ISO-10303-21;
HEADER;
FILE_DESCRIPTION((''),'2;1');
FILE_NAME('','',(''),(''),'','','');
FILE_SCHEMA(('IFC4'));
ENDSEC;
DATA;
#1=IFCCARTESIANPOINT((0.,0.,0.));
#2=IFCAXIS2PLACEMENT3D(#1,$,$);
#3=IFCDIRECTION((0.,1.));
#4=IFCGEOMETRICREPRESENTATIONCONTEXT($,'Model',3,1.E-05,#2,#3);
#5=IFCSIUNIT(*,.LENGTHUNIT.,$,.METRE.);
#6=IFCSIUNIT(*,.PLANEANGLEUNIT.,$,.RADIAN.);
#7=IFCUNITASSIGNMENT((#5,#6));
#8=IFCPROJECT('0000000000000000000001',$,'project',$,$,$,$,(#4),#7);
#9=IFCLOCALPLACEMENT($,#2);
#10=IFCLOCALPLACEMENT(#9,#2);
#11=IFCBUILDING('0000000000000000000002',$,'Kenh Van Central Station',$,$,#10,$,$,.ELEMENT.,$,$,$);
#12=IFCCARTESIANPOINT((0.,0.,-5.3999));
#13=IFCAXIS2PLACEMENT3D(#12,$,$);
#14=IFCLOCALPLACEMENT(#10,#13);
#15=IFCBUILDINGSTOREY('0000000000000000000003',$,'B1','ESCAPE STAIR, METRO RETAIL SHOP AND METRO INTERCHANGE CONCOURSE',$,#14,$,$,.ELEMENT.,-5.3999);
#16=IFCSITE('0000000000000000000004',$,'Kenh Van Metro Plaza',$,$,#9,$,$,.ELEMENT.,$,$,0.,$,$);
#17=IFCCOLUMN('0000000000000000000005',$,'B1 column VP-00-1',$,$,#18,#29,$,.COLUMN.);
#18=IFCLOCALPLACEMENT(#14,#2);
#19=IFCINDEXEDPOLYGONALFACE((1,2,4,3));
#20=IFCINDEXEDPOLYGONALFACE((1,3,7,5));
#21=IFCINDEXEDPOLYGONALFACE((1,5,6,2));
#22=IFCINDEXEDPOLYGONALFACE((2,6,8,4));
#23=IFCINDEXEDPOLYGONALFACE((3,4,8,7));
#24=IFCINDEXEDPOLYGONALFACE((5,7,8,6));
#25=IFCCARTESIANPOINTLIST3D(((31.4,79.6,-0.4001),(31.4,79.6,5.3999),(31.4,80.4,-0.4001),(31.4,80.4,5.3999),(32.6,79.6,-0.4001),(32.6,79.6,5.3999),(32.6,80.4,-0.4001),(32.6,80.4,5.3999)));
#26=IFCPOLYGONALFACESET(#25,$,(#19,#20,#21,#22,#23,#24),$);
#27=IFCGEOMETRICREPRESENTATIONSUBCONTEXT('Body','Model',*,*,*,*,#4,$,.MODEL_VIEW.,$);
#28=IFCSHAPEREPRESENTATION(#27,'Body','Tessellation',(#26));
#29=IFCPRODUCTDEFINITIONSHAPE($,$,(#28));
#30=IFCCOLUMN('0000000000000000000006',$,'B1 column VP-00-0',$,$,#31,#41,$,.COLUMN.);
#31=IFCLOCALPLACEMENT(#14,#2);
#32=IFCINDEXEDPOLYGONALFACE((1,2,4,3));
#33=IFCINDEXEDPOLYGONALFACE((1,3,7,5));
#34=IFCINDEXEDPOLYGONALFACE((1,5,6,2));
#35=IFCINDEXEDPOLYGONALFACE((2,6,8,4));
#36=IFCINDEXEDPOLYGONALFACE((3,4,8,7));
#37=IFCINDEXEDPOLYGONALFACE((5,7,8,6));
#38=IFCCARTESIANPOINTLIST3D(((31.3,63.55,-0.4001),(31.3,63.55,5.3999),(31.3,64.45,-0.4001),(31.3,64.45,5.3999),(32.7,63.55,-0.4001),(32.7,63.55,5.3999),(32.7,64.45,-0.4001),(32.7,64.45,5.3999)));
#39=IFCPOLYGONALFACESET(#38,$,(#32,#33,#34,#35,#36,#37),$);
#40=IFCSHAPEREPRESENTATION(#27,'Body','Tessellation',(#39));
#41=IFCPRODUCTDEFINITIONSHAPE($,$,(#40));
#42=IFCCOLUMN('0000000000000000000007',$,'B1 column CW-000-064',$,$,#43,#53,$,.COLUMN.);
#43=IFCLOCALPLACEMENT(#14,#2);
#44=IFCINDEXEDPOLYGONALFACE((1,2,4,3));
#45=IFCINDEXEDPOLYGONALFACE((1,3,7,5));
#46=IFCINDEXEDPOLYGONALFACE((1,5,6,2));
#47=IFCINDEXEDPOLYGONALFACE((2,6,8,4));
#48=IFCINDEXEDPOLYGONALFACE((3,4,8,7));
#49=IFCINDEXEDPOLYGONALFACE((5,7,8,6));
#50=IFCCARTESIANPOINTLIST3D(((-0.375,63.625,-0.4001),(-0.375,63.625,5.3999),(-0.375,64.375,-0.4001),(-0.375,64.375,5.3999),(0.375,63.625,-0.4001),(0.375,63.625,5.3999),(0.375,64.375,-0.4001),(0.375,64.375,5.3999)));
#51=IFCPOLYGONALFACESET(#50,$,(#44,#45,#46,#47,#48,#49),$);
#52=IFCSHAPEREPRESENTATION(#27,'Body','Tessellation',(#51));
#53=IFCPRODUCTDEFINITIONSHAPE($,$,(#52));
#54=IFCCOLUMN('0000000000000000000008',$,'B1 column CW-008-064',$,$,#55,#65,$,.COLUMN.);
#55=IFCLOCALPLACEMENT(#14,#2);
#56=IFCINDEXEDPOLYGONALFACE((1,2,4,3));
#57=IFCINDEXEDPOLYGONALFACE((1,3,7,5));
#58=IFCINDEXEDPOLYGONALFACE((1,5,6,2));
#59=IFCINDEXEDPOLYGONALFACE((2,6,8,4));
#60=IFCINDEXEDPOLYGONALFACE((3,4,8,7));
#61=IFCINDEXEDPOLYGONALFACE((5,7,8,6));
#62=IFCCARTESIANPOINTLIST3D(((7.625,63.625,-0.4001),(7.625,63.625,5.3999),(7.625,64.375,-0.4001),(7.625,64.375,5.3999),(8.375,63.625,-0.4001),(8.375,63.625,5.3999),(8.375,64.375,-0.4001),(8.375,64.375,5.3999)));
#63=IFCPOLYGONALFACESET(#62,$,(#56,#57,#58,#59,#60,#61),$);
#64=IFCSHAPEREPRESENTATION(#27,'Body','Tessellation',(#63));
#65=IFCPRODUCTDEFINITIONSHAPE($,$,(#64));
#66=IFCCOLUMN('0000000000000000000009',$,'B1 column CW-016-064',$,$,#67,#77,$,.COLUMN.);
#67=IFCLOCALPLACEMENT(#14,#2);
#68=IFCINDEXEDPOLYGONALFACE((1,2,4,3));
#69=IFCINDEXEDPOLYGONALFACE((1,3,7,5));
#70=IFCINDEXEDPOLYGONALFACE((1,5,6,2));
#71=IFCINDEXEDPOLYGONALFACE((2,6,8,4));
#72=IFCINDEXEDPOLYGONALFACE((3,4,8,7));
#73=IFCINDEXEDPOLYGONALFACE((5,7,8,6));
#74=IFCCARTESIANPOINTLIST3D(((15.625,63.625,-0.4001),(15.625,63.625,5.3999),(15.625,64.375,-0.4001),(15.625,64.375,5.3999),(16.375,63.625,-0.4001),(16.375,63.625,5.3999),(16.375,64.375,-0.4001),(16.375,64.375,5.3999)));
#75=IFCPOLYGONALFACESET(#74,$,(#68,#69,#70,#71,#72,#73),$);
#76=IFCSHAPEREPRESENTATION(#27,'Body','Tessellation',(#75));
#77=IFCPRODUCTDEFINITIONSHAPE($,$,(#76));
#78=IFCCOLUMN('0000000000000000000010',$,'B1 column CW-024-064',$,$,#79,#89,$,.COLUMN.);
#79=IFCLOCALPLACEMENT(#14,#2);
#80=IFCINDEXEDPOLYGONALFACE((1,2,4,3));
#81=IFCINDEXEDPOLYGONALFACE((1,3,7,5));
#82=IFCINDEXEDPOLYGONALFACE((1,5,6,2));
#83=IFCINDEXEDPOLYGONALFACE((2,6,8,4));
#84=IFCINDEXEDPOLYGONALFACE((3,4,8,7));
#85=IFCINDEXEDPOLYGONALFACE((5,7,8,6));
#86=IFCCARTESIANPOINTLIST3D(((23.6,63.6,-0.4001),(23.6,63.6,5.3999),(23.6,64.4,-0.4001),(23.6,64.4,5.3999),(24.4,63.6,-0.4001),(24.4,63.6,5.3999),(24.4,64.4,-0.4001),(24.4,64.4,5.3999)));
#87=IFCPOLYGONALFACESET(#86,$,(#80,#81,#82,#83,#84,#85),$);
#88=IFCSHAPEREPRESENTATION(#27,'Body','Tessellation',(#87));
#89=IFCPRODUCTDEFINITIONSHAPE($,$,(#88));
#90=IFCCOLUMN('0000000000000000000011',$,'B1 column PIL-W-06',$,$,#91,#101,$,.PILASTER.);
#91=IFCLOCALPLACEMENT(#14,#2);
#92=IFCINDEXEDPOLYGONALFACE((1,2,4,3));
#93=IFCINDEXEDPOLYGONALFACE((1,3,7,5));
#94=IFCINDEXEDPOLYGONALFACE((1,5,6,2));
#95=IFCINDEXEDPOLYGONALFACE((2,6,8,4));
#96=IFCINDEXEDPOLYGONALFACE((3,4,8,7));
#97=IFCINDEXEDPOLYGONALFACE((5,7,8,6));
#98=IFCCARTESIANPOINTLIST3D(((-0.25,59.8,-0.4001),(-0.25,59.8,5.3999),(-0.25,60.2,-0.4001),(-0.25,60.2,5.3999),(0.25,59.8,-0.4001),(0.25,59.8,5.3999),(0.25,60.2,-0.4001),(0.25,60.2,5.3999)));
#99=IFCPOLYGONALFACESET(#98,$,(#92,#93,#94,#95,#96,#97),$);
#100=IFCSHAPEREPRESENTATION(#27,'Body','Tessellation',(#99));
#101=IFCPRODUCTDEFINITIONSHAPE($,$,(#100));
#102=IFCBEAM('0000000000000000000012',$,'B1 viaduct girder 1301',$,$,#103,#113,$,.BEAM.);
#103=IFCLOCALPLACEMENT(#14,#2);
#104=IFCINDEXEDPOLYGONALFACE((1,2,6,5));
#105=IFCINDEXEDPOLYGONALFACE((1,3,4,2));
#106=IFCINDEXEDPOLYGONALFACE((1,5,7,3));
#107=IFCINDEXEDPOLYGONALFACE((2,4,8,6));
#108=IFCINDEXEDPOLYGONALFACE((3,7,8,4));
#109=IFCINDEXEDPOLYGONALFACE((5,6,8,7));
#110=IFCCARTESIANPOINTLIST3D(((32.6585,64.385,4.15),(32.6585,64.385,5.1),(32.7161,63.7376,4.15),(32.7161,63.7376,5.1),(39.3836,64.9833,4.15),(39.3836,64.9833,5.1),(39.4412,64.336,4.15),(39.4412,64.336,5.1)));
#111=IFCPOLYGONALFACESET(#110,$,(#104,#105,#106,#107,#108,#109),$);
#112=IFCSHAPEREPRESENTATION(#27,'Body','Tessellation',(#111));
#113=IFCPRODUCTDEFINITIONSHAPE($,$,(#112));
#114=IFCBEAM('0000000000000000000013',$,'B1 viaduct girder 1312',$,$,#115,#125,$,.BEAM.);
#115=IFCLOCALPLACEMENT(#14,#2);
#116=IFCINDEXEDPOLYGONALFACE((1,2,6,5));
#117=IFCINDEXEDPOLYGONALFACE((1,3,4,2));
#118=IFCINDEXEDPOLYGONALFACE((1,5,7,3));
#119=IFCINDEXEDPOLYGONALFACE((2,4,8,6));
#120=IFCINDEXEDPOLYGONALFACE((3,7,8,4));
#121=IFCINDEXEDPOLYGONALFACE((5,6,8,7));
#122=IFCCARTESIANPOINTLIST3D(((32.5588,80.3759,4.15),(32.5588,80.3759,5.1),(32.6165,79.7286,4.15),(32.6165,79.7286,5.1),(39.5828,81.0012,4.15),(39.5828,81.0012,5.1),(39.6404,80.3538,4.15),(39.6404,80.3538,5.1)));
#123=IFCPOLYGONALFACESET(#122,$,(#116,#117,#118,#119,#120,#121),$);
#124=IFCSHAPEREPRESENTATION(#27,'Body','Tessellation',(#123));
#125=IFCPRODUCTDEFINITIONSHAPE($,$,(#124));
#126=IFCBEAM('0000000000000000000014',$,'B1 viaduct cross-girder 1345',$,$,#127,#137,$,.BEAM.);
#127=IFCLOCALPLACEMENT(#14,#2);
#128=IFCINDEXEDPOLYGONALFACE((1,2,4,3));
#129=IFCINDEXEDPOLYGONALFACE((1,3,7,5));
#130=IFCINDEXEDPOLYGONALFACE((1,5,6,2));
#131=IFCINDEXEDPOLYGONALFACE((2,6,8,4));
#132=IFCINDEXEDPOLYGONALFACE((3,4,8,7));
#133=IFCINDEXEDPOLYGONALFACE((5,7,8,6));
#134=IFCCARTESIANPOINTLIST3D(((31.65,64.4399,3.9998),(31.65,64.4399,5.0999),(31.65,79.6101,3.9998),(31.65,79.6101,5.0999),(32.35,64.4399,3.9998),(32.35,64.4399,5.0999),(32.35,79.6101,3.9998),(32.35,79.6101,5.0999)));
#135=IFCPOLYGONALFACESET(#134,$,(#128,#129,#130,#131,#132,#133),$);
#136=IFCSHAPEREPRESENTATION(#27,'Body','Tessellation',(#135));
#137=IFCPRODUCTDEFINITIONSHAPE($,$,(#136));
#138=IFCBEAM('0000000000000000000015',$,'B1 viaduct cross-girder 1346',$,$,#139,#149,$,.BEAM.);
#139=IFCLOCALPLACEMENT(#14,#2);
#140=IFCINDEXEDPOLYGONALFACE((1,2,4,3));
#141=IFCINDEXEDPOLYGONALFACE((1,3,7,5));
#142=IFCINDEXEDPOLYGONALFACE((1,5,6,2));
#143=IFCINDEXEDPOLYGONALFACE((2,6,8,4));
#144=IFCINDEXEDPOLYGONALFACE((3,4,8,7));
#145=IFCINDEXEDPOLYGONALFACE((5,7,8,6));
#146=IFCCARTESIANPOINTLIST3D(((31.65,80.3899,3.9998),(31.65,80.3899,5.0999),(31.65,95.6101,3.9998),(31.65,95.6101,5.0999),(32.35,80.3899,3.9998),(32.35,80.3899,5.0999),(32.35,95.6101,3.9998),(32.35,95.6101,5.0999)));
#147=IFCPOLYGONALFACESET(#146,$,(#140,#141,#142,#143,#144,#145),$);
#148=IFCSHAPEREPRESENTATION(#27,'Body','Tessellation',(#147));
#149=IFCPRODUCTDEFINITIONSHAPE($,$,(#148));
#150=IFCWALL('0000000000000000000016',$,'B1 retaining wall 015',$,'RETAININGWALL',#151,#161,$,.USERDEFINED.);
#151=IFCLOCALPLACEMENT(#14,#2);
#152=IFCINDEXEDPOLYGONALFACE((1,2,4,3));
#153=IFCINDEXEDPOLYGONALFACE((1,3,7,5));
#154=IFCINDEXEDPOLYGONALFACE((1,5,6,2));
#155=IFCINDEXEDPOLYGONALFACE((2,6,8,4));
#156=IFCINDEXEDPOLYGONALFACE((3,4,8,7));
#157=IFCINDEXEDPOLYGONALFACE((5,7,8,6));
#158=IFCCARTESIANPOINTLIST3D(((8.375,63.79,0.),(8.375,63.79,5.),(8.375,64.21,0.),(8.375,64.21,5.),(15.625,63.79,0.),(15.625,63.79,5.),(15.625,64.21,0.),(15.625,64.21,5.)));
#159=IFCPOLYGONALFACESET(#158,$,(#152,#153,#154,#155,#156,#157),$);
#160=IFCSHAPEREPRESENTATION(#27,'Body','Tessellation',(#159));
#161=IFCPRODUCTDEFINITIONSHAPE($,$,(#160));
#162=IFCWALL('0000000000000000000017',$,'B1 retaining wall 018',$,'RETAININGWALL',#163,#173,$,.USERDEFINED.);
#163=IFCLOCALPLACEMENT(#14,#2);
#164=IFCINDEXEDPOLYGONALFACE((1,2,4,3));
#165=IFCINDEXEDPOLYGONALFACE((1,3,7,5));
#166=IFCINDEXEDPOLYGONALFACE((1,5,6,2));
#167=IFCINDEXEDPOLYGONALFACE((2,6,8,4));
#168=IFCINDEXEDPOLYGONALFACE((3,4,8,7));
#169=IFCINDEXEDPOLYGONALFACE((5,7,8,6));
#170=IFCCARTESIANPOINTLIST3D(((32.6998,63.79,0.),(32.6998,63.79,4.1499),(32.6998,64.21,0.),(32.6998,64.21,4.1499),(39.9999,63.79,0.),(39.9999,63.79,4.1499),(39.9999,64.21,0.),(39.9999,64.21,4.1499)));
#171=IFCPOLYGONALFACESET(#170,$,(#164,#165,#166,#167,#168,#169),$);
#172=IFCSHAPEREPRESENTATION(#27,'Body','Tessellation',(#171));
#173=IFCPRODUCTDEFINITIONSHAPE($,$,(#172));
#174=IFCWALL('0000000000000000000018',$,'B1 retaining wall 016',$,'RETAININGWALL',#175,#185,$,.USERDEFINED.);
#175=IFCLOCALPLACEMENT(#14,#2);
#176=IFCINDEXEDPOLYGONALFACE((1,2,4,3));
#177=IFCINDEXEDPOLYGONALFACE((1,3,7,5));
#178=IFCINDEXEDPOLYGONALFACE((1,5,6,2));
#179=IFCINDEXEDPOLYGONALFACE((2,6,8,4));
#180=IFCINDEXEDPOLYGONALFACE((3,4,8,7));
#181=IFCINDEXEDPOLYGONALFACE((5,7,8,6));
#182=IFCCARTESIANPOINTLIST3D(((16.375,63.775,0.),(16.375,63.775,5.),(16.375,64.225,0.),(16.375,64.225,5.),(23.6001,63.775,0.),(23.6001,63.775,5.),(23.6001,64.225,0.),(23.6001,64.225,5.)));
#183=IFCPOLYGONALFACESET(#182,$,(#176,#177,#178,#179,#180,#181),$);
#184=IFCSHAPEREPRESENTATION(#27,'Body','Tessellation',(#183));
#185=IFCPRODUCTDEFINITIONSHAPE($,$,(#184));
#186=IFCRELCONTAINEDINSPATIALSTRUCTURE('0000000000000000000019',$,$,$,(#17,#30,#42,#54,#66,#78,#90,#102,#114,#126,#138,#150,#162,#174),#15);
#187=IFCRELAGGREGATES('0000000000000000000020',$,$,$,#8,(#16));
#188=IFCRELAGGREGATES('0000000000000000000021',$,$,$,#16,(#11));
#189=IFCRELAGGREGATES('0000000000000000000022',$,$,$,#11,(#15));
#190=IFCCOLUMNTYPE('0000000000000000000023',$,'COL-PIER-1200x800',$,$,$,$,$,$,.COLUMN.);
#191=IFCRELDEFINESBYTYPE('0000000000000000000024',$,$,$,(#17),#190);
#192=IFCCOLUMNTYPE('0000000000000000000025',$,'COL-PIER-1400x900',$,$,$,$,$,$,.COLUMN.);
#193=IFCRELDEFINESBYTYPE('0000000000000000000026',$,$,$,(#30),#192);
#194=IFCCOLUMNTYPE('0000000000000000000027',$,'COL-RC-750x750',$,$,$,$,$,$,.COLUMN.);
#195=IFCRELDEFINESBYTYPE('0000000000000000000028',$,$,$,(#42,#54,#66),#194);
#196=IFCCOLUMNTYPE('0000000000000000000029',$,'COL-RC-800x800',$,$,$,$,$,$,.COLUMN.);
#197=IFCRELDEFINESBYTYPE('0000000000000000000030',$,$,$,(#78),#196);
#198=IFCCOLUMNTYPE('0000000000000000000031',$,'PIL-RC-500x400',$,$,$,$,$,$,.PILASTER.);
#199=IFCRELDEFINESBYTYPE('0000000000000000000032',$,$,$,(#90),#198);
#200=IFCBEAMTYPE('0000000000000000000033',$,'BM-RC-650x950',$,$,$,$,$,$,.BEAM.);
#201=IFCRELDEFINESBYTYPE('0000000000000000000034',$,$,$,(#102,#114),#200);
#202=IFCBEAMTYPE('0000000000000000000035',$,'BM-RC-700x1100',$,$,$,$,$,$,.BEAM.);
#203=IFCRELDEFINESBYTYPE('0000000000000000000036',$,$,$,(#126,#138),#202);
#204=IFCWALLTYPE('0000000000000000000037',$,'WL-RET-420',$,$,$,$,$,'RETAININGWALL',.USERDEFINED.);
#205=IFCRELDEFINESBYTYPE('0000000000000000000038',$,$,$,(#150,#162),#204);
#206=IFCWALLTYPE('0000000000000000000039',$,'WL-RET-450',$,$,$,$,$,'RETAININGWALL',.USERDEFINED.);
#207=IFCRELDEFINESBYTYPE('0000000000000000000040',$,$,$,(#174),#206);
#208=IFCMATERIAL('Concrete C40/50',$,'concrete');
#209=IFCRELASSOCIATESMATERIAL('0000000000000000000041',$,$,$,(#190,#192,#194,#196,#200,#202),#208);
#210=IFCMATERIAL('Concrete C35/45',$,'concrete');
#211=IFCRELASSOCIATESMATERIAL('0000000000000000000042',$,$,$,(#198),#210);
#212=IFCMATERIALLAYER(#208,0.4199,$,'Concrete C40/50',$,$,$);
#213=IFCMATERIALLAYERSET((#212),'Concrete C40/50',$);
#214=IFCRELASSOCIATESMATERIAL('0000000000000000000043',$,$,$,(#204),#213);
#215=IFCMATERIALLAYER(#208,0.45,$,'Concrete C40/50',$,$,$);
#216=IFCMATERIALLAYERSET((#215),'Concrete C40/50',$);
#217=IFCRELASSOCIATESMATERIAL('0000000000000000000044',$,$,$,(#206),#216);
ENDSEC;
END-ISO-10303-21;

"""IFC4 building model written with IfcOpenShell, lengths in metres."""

from ifc_helpers import new_model, si_unit, direction, frame, frame_2d, origin, origin_2d, place, context, subcontext, project, spatial, rectangle, extrude, material, layer, layer_set, material_profile, profile_set, type_object, element, save


model = new_model("IFC4")

# Units and contexts
model_context = context("Model", 3, precision=1e-05, world=origin(), true_north=direction((0.0, 1.0)))
body_context = subcontext(model_context, "Body", "Model", "MODEL_VIEW")
ifc_project = project(units=[si_unit("LENGTHUNIT", "METRE"), si_unit("PLANEANGLEUNIT", "RADIAN")], contexts=[model_context])

# Site, building, storey
site_placement = place(None, origin())
site = spatial("IfcSite", under=ifc_project, at=site_placement, Name="Kenh Van Metro Plaza", CompositionType="ELEMENT", RefElevation=0.0)
building_placement = place(site_placement, origin())
building = spatial("IfcBuilding", under=site, at=building_placement, Name="Kenh Van Central Station", CompositionType="ELEMENT")
storey_placement = place(building_placement, frame((0.0, 0.0, -5.3999)))
storey = spatial("IfcBuildingStorey", under=building, at=storey_placement, Name="B1", Description="ESCAPE STAIR, METRO RETAIL SHOP AND METRO INTERCHANGE CONCOURSE", CompositionType="ELEMENT", Elevation=-5.3999)

# Shared definitions
ifc_material_1 = material(Name="Concrete C40/50", Category="concrete")

# Columns
ifc_material_profile_1 = material_profile(ifc_material_1, rectangle(XDim=1.2, YDim=0.8, at=origin_2d()), Name="RC 1200x800")
ifc_profile_set_1 = profile_set([ifc_material_profile_1], Name="Concrete C40/50")
column_type_1 = type_object("IfcColumnType", Name="COL-PIER-1200x800", PredefinedType="COLUMN", material=ifc_profile_set_1)
column_1_placement = place(storey_placement, frame((32.0, 80.0, -0.4001), z_axis=(0.0, 0.0, 1.0), x_axis=(1.0, 0.0, 0.0)))
element("IfcColumn", 1, at=column_1_placement, inside=storey, type_object=column_type_1, Name="B1 column VP-00-1", PredefinedType="COLUMN", context=body_context, shape_type="SweptSolid", body=[
    extrude(rectangle(XDim=1.2, YDim=0.8, at=origin_2d()), origin(), (0.0, 0.0, 1.0), 5.8),
])
ifc_material_profile_2 = material_profile(ifc_material_1, rectangle(XDim=1.3999, YDim=0.8999, at=origin_2d()), Name="RC 1400x900")
ifc_profile_set_2 = profile_set([ifc_material_profile_2], Name="Concrete C40/50")
column_type_2 = type_object("IfcColumnType", Name="COL-PIER-1400x900", PredefinedType="COLUMN", material=ifc_profile_set_2)
column_2_placement = place(storey_placement, frame((32.0, 64.0, -0.4001), z_axis=(0.0, 0.0, 1.0), x_axis=(1.0, 0.0, 0.0)))
element("IfcColumn", 2, at=column_2_placement, inside=storey, type_object=column_type_2, Name="B1 column VP-00-0", PredefinedType="COLUMN", context=body_context, shape_type="SweptSolid", body=[
    extrude(rectangle(XDim=1.3999, YDim=0.8999, at=origin_2d()), origin(), (0.0, 0.0, 1.0), 5.8),
])
ifc_material_profile_3 = material_profile(ifc_material_1, rectangle(XDim=0.75, YDim=0.75, at=origin_2d()), Name="RC 750x750")
ifc_profile_set_3 = profile_set([ifc_material_profile_3], Name="Concrete C40/50")
column_type_3 = type_object("IfcColumnType", Name="COL-RC-750x750", PredefinedType="COLUMN", material=ifc_profile_set_3)
for number, where, z_axis, x_axis, name in (
    (3, (0.0, 64.0, -0.4001), (0.0, 0.0, 1.0), (1.0, 0.0, 0.0), "B1 column CW-000-064"),
    (4, (8.0, 64.0, -0.4001), (0.0, 0.0, 1.0), (1.0, 0.0, 0.0), "B1 column CW-008-064"),
    (5, (16.0, 64.0, -0.4001), (0.0, 0.0, 1.0), (1.0, 0.0, 0.0), "B1 column CW-016-064"),
):
    element("IfcColumn", number, at=place(storey_placement, frame(where, z_axis=z_axis, x_axis=x_axis)), inside=storey, type_object=column_type_3, Name=name, PredefinedType="COLUMN", context=body_context, shape_type="SweptSolid", body=[
        extrude(rectangle(XDim=0.75, YDim=0.75, at=origin_2d()), origin(), (0.0, 0.0, 1.0), 5.8),
    ])
ifc_material_profile_4 = material_profile(ifc_material_1, rectangle(XDim=0.8, YDim=0.8, at=origin_2d()), Name="RC 800x800")
ifc_profile_set_4 = profile_set([ifc_material_profile_4], Name="Concrete C40/50")
column_type_4 = type_object("IfcColumnType", Name="COL-RC-800x800", PredefinedType="COLUMN", material=ifc_profile_set_4)
column_3_placement = place(storey_placement, frame((24.0, 64.0, -0.4001), z_axis=(0.0, 0.0, 1.0), x_axis=(1.0, 0.0, 0.0)))
element("IfcColumn", 6, at=column_3_placement, inside=storey, type_object=column_type_4, Name="B1 column CW-024-064", PredefinedType="COLUMN", context=body_context, shape_type="SweptSolid", body=[
    extrude(rectangle(XDim=0.8, YDim=0.8, at=origin_2d()), origin(), (0.0, 0.0, 1.0), 5.8),
])
ifc_material_2 = material(Name="Concrete C35/45", Category="concrete")
ifc_material_profile_5 = material_profile(ifc_material_2, rectangle(XDim=0.5, YDim=0.3999, at=origin_2d()), Name="RC 500x400")
ifc_profile_set_5 = profile_set([ifc_material_profile_5], Name="Concrete C35/45")
column_type_5 = type_object("IfcColumnType", Name="PIL-RC-500x400", PredefinedType="PILASTER", material=ifc_profile_set_5)
column_4_placement = place(storey_placement, frame((0.0, 60.0, -0.4001), z_axis=(0.0, 0.0, 1.0), x_axis=(1.0, 0.0, 0.0)))
element("IfcColumn", 7, at=column_4_placement, inside=storey, type_object=column_type_5, Name="B1 column PIL-W-06", PredefinedType="PILASTER", context=body_context, shape_type="SweptSolid", body=[
    extrude(rectangle(XDim=0.5, YDim=0.3999, at=origin_2d()), origin(), (0.0, 0.0, 1.0), 5.8),
])

# Beams
ifc_material_profile_6 = material_profile(ifc_material_1, rectangle(XDim=0.6499, YDim=0.95, at=origin_2d()), Name="RC 650x950")
ifc_profile_set_6 = profile_set([ifc_material_profile_6], Name="Concrete C40/50")
beam_type_1 = type_object("IfcBeamType", Name="BM-RC-650x950", PredefinedType="BEAM", material=ifc_profile_set_6)
beam_1_placement = place(storey_placement, frame((32.6873, 64.0613, 4.625), z_axis=(0.996065, 0.088628, 0.0), x_axis=(-0.088628, 0.996065, 0.0)))
element("IfcBeam", 8, at=beam_1_placement, inside=storey, type_object=beam_type_1, Name="B1 viaduct girder 1301", PredefinedType="BEAM", context=body_context, shape_type="SweptSolid", body=[
    extrude(rectangle(XDim=0.6499, YDim=0.95, at=origin_2d()), origin(), (0.0, 0.0, 1.0), 6.7517),
])
beam_2_placement = place(storey_placement, frame((32.5876, 80.0522, 4.625), z_axis=(0.996061, 0.088666, 0.0), x_axis=(-0.088666, 0.996061, 0.0)))
element("IfcBeam", 9, at=beam_2_placement, inside=storey, type_object=beam_type_1, Name="B1 viaduct girder 1312", PredefinedType="BEAM", context=body_context, shape_type="SweptSolid", body=[
    extrude(rectangle(XDim=0.6499, YDim=0.95, at=origin_2d()), origin(), (0.0, 0.0, 1.0), 7.0518),
])
ifc_material_profile_7 = material_profile(ifc_material_1, rectangle(XDim=0.7, YDim=1.1001, at=origin_2d()), Name="RC 700x1100")
ifc_profile_set_7 = profile_set([ifc_material_profile_7], Name="Concrete C40/50")
beam_type_2 = type_object("IfcBeamType", Name="BM-RC-700x1100", PredefinedType="BEAM", material=ifc_profile_set_7)
beam_3_placement = place(storey_placement, frame((32.0, 64.4399, 4.5498), z_axis=(0.0, 1.0, 0.0), x_axis=(-1.0, 0.0, 0.0)))
element("IfcBeam", 10, at=beam_3_placement, inside=storey, type_object=beam_type_2, Name="B1 viaduct cross-girder 1345", PredefinedType="BEAM", context=body_context, shape_type="SweptSolid", body=[
    extrude(rectangle(XDim=0.7, YDim=1.1001, at=origin_2d()), origin(), (0.0, 0.0, 1.0), 15.1702),
])
beam_4_placement = place(storey_placement, frame((32.0, 80.3899, 4.5498), z_axis=(0.0, 1.0, 0.0), x_axis=(-1.0, 0.0, 0.0)))
element("IfcBeam", 11, at=beam_4_placement, inside=storey, type_object=beam_type_2, Name="B1 viaduct cross-girder 1346", PredefinedType="BEAM", context=body_context, shape_type="SweptSolid", body=[
    extrude(rectangle(XDim=0.7, YDim=1.1001, at=origin_2d()), origin(), (0.0, 0.0, 1.0), 15.2202),
])

# Walls
ifc_layer_1 = layer(ifc_material_1, 0.4199, Name="Concrete C40/50")
ifc_layer_set_1 = layer_set([ifc_layer_1], Name="Concrete C40/50")
wall_type_1 = type_object("IfcWallType", Name="WL-RET-420", ElementType="RETAININGWALL", PredefinedType="USERDEFINED", material=ifc_layer_set_1)
wall_1_placement = place(storey_placement, frame((8.375, 64.0, 0.0), z_axis=(0.0, 0.0, 1.0), x_axis=(1.0, 0.0, 0.0)))
element("IfcWall", 12, at=wall_1_placement, inside=storey, type_object=wall_type_1, Name="B1 retaining wall 015", ObjectType="RETAININGWALL", PredefinedType="USERDEFINED", context=body_context, shape_type="SweptSolid", body=[
    extrude(rectangle(XDim=7.25, YDim=0.4199, at=frame_2d((3.625, 0.0))), origin(), (0.0, 0.0, 1.0), 5.0),
])
wall_2_placement = place(storey_placement, frame((32.7, 64.0, 0.0), z_axis=(0.0, 0.0, 1.0), x_axis=(1.0, 0.0, 0.0)))
element("IfcWall", 13, at=wall_2_placement, inside=storey, type_object=wall_type_1, Name="B1 retaining wall 018", ObjectType="RETAININGWALL", PredefinedType="USERDEFINED", context=body_context, shape_type="SweptSolid", body=[
    extrude(rectangle(XDim=7.3, YDim=0.4199, at=frame_2d((3.6499, 0.0))), origin(), (0.0, 0.0, 1.0), 4.1499),
])
ifc_layer_2 = layer(ifc_material_1, 0.45, Name="Concrete C40/50")
ifc_layer_set_2 = layer_set([ifc_layer_2], Name="Concrete C40/50")
wall_type_2 = type_object("IfcWallType", Name="WL-RET-450", ElementType="RETAININGWALL", PredefinedType="USERDEFINED", material=ifc_layer_set_2)
wall_3_placement = place(storey_placement, frame((16.375, 64.0, 0.0), z_axis=(0.0, 0.0, 1.0), x_axis=(1.0, 0.0, 0.0)))
element("IfcWall", 14, at=wall_3_placement, inside=storey, type_object=wall_type_2, Name="B1 retaining wall 016", ObjectType="RETAININGWALL", PredefinedType="USERDEFINED", context=body_context, shape_type="SweptSolid", body=[
    extrude(rectangle(XDim=7.2251, YDim=0.45, at=frame_2d((3.6125, 0.0))), origin(), (0.0, 0.0, 1.0), 5.0),
])

save(model, "model.ifc")
